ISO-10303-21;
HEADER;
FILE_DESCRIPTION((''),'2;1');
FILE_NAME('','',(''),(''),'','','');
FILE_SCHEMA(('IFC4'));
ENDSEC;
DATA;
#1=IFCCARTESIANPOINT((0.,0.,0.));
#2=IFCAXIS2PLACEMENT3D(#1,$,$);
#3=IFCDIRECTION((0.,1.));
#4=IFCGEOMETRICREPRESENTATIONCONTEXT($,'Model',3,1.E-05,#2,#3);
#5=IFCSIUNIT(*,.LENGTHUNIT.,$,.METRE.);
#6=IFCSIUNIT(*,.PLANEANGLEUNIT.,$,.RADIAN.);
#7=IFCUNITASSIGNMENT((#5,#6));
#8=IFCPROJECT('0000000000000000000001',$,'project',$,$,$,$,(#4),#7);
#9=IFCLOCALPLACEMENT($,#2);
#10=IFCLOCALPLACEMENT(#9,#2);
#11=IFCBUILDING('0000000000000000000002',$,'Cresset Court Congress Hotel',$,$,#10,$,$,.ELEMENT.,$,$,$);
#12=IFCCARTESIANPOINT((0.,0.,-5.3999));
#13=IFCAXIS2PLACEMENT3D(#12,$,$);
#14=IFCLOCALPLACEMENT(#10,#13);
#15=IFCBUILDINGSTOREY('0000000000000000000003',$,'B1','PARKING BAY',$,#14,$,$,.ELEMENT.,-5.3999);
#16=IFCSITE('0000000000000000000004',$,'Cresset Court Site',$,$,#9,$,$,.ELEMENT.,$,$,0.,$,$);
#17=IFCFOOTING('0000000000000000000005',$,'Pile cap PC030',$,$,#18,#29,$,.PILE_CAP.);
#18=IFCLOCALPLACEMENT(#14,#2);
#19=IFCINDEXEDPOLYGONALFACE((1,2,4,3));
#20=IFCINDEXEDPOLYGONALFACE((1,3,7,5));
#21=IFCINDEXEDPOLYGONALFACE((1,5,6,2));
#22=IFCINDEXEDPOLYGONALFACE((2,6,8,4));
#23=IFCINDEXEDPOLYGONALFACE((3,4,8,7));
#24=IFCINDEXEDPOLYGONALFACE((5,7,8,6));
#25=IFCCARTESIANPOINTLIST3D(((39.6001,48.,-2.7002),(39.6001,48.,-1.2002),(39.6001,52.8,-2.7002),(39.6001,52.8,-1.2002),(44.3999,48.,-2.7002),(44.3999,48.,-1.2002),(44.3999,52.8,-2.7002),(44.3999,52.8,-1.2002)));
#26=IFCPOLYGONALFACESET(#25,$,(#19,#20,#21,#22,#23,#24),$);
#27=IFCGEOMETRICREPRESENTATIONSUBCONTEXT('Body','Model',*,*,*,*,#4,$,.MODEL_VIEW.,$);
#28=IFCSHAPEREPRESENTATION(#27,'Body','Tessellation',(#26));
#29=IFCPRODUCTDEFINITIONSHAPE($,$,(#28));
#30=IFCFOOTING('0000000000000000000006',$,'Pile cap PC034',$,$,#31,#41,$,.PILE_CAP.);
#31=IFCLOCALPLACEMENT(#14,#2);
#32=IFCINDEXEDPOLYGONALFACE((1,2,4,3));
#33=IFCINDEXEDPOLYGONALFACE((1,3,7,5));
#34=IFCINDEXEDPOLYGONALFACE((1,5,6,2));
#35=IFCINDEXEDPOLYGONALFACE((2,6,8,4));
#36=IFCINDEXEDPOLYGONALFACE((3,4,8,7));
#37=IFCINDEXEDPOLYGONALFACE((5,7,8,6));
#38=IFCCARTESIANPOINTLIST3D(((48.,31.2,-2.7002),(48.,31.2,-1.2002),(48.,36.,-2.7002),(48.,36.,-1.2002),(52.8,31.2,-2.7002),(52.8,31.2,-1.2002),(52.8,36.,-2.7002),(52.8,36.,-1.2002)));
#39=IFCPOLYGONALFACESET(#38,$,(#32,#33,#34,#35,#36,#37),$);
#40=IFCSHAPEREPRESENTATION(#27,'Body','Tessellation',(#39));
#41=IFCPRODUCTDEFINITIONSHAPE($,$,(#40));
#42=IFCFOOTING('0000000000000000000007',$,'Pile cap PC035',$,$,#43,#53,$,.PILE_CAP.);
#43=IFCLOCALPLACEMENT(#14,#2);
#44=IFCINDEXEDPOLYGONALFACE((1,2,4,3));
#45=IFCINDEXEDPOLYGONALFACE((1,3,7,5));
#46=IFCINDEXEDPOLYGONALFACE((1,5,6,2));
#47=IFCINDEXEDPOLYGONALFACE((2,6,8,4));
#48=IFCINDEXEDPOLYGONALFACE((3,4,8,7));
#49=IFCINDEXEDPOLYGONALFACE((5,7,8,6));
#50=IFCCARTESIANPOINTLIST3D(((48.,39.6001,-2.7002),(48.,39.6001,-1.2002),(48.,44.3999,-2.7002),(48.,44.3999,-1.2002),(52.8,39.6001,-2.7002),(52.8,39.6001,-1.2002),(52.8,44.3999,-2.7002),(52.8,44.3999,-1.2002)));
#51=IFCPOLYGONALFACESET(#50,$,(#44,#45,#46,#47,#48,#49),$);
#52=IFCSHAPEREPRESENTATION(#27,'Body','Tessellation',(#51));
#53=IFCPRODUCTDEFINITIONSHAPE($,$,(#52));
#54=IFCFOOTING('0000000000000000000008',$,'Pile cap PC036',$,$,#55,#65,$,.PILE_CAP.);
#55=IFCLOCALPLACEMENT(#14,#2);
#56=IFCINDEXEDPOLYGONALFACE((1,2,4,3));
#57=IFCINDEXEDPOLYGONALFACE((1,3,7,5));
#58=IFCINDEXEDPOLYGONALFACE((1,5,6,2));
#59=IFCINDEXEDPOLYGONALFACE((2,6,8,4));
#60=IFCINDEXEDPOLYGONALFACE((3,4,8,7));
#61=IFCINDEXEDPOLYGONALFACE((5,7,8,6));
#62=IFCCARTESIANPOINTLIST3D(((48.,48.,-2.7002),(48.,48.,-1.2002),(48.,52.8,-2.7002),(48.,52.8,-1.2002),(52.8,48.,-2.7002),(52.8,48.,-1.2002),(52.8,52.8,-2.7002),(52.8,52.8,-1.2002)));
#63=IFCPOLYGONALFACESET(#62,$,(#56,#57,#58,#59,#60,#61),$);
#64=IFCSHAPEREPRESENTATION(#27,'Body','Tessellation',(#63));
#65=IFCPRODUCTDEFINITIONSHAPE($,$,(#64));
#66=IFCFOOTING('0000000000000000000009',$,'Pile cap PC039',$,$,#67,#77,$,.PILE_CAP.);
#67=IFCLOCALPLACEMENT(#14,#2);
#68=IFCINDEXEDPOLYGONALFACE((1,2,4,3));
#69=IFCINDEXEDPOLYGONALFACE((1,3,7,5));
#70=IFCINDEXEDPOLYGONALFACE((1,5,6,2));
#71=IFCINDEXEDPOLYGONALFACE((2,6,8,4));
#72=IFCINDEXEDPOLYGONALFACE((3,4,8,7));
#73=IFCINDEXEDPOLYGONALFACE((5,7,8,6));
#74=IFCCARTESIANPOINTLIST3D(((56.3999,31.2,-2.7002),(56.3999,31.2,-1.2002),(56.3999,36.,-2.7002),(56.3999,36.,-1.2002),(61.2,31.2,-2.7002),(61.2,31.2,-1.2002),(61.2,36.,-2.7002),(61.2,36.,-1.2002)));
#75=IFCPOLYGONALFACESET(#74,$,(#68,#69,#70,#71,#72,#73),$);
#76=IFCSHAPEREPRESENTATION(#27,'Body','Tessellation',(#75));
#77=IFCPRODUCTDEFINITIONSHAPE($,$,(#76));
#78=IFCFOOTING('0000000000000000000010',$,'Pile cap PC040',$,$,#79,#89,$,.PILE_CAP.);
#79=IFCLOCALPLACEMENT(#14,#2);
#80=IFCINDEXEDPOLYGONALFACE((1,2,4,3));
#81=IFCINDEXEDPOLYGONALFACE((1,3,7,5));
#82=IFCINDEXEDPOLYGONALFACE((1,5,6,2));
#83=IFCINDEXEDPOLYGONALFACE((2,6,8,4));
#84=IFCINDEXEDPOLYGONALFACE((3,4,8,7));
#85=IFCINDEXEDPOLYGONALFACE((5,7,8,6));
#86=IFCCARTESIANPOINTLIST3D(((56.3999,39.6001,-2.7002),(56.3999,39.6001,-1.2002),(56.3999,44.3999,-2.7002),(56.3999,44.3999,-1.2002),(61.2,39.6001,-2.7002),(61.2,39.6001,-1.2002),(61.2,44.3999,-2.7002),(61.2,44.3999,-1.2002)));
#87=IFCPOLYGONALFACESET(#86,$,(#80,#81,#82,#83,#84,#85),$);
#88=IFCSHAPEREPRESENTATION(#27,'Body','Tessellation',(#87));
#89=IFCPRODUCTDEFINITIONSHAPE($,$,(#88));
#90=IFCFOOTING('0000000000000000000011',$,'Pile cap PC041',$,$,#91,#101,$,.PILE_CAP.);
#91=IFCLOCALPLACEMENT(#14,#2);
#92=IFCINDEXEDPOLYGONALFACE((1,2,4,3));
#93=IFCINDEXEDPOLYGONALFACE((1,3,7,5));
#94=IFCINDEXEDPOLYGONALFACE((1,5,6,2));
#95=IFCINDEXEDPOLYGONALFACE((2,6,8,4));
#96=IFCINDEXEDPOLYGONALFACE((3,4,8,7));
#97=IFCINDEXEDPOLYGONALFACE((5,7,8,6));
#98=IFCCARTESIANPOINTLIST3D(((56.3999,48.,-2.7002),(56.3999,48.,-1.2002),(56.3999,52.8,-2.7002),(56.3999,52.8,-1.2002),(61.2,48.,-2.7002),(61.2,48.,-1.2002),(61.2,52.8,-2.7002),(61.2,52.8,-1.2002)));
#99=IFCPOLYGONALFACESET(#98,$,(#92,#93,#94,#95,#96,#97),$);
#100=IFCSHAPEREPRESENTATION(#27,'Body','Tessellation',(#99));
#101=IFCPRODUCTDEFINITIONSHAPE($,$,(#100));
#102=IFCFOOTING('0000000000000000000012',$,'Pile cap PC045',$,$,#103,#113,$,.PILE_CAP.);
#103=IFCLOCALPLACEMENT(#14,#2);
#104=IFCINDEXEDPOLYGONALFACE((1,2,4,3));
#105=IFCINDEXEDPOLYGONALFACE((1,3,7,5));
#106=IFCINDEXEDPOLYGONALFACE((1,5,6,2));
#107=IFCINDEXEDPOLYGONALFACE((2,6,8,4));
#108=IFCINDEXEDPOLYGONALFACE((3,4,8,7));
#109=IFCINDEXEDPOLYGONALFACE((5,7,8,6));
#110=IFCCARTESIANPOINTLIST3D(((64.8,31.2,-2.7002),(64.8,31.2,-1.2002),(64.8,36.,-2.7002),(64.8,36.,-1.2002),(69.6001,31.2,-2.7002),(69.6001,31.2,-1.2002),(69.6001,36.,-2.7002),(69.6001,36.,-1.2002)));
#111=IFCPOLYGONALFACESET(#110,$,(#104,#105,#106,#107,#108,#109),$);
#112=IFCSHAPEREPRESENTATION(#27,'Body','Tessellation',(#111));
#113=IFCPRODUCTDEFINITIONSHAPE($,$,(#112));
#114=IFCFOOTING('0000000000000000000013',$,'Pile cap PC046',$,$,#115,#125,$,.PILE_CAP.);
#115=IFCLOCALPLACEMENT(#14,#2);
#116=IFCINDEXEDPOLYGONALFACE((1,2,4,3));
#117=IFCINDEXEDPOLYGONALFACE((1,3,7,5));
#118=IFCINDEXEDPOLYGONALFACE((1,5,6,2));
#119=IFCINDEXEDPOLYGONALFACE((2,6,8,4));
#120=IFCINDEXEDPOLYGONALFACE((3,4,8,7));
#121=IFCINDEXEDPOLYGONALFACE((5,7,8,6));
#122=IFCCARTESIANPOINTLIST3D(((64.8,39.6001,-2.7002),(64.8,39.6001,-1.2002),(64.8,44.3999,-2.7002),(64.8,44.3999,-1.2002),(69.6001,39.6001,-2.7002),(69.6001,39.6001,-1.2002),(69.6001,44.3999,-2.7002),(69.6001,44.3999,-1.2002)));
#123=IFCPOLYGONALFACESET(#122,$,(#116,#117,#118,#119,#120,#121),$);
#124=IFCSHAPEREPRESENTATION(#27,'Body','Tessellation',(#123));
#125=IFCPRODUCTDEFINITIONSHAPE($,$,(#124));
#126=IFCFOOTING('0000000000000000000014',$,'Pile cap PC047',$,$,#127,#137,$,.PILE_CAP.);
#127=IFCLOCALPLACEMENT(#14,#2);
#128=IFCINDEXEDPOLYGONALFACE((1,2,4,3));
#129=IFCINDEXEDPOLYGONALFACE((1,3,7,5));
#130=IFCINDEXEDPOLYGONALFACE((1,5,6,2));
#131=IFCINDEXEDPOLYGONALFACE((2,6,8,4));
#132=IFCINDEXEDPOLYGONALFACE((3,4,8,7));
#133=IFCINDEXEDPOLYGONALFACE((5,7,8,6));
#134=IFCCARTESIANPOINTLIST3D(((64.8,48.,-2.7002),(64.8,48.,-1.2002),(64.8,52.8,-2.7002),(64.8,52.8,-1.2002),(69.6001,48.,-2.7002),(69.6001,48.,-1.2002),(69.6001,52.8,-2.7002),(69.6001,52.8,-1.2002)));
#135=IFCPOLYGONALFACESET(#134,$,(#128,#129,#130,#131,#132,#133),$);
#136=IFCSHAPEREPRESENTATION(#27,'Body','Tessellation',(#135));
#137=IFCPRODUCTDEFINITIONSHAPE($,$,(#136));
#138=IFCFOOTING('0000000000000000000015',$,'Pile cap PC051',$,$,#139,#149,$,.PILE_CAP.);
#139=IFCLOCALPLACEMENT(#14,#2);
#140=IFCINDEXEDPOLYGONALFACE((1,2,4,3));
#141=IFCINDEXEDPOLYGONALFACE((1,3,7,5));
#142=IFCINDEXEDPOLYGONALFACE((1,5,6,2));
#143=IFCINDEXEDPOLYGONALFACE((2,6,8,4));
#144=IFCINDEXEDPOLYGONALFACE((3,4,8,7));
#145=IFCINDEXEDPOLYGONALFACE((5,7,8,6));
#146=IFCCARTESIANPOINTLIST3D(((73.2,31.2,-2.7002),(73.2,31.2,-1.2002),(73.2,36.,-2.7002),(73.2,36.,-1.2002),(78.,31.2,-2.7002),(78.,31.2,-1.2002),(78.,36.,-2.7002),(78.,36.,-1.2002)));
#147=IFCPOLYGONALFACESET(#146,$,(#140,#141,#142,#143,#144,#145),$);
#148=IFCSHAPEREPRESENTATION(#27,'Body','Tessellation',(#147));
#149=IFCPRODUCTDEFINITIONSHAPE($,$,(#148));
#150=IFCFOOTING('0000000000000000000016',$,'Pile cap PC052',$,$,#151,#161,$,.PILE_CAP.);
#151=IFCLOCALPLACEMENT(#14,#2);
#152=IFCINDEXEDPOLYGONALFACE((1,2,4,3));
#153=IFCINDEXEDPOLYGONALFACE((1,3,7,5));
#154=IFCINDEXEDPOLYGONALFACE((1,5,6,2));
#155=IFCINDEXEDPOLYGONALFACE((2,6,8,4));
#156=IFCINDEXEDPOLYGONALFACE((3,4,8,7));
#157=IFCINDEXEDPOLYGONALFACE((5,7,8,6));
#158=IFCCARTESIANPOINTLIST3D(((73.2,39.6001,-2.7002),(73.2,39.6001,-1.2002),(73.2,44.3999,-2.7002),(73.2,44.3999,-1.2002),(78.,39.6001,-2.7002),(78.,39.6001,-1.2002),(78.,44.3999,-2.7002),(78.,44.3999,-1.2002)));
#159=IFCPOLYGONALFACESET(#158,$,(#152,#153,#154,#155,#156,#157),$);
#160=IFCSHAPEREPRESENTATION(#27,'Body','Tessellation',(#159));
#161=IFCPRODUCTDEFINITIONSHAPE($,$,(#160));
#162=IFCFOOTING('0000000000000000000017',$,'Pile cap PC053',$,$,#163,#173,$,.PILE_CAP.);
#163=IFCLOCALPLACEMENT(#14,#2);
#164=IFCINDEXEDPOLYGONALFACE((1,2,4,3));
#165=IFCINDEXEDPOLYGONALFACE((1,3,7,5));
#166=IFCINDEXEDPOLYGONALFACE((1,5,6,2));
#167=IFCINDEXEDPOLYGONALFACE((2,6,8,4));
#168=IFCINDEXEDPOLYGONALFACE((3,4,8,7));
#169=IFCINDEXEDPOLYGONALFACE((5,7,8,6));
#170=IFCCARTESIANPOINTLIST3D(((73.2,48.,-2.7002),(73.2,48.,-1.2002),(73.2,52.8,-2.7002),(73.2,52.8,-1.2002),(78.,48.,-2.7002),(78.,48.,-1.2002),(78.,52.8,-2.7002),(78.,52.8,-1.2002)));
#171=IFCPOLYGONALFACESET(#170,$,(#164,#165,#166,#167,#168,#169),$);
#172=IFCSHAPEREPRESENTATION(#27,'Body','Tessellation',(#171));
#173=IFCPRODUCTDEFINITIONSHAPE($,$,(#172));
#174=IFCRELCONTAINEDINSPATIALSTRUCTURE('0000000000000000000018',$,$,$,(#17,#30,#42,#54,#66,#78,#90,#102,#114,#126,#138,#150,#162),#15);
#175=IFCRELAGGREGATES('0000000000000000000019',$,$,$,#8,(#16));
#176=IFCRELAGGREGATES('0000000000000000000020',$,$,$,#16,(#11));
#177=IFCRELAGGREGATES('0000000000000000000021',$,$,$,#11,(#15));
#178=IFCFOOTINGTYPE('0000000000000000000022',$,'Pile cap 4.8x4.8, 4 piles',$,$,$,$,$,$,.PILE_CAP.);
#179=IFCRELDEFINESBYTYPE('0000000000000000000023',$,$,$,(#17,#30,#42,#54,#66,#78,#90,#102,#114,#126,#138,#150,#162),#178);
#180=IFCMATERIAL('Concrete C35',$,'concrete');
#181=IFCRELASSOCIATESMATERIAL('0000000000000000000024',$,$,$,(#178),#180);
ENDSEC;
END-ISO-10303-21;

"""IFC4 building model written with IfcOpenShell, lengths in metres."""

from ifc_helpers import new_model, si_unit, direction, frame, origin, place, context, subcontext, project, spatial, polyline, outline, extrude, material, type_object, element, save


model = new_model("IFC4")

# Units and contexts
model_context = context("Model", 3, precision=1e-05, world=origin(), true_north=direction((0.0, 1.0)))
body_context = subcontext(model_context, "Body", "Model", "MODEL_VIEW")
ifc_project = project(units=[si_unit("LENGTHUNIT", "METRE"), si_unit("PLANEANGLEUNIT", "RADIAN")], contexts=[model_context])

# Site, building, storey
site_placement = place(None, origin())
site = spatial("IfcSite", under=ifc_project, at=site_placement, Name="Cresset Court Site", CompositionType="ELEMENT", RefElevation=0.0)
building_placement = place(site_placement, origin())
building = spatial("IfcBuilding", under=site, at=building_placement, Name="Cresset Court Congress Hotel", CompositionType="ELEMENT")
storey_placement = place(building_placement, frame((0.0, 0.0, -5.3999)))
storey = spatial("IfcBuildingStorey", under=building, at=storey_placement, Name="B1", Description="PARKING BAY", CompositionType="ELEMENT", Elevation=-5.3999)

# Footings
ifc_material_1 = material(Name="Concrete C35", Category="concrete")
footing_type_1 = type_object("IfcFootingType", Name="Pile cap 4.8x4.8, 4 piles", PredefinedType="PILE_CAP", material=ifc_material_1)
footing_1_placement = place(storey_placement, frame((0.0, 0.0, -2.7002)))
element("IfcFooting", 1, at=footing_1_placement, inside=storey, type_object=footing_type_1, Name="Pile cap PC030", PredefinedType="PILE_CAP", context=body_context, shape_type="SweptSolid", body=[
    extrude(outline(polyline([(44.3999, 52.8), (44.3999, 48.0), (39.6001, 48.0), (39.6001, 52.8), (44.3999, 52.8)])), origin(), (0.0, 0.0, 1.0), 1.5),
])
footing_2_placement = place(storey_placement, frame((0.0, 0.0, -2.7002)))
element("IfcFooting", 2, at=footing_2_placement, inside=storey, type_object=footing_type_1, Name="Pile cap PC034", PredefinedType="PILE_CAP", context=body_context, shape_type="SweptSolid", body=[
    extrude(outline(polyline([(52.8, 36.0), (52.8, 31.2), (48.0, 31.2), (48.0, 36.0), (52.8, 36.0)])), origin(), (0.0, 0.0, 1.0), 1.5),
])
footing_3_placement = place(storey_placement, frame((0.0, 0.0, -2.7002)))
element("IfcFooting", 3, at=footing_3_placement, inside=storey, type_object=footing_type_1, Name="Pile cap PC035", PredefinedType="PILE_CAP", context=body_context, shape_type="SweptSolid", body=[
    extrude(outline(polyline([(52.8, 39.6001), (48.0, 39.6001), (48.0, 44.3999), (52.8, 44.3999), (52.8, 39.6001)])), origin(), (0.0, 0.0, 1.0), 1.5),
])
footing_4_placement = place(storey_placement, frame((0.0, 0.0, -2.7002)))
element("IfcFooting", 4, at=footing_4_placement, inside=storey, type_object=footing_type_1, Name="Pile cap PC036", PredefinedType="PILE_CAP", context=body_context, shape_type="SweptSolid", body=[
    extrude(outline(polyline([(52.8, 48.0), (48.0, 48.0), (48.0, 52.8), (52.8, 52.8), (52.8, 48.0)])), origin(), (0.0, 0.0, 1.0), 1.5),
])
footing_5_placement = place(storey_placement, frame((0.0, 0.0, -2.7002)))
element("IfcFooting", 5, at=footing_5_placement, inside=storey, type_object=footing_type_1, Name="Pile cap PC039", PredefinedType="PILE_CAP", context=body_context, shape_type="SweptSolid", body=[
    extrude(outline(polyline([(61.2, 31.2), (56.3999, 31.2), (56.3999, 36.0), (61.2, 36.0), (61.2, 31.2)])), origin(), (0.0, 0.0, 1.0), 1.5),
])
footing_6_placement = place(storey_placement, frame((0.0, 0.0, -2.7002)))
element("IfcFooting", 6, at=footing_6_placement, inside=storey, type_object=footing_type_1, Name="Pile cap PC040", PredefinedType="PILE_CAP", context=body_context, shape_type="SweptSolid", body=[
    extrude(outline(polyline([(61.2, 39.6001), (56.3999, 39.6001), (56.3999, 44.3999), (61.2, 44.3999), (61.2, 39.6001)])), origin(), (0.0, 0.0, 1.0), 1.5),
])
footing_7_placement = place(storey_placement, frame((0.0, 0.0, -2.7002)))
element("IfcFooting", 7, at=footing_7_placement, inside=storey, type_object=footing_type_1, Name="Pile cap PC041", PredefinedType="PILE_CAP", context=body_context, shape_type="SweptSolid", body=[
    extrude(outline(polyline([(61.2, 48.0), (56.3999, 48.0), (56.3999, 52.8), (61.2, 52.8), (61.2, 48.0)])), origin(), (0.0, 0.0, 1.0), 1.5),
])
footing_8_placement = place(storey_placement, frame((0.0, 0.0, -2.7002)))
element("IfcFooting", 8, at=footing_8_placement, inside=storey, type_object=footing_type_1, Name="Pile cap PC045", PredefinedType="PILE_CAP", context=body_context, shape_type="SweptSolid", body=[
    extrude(outline(polyline([(69.6001, 31.2), (64.8, 31.2), (64.8, 36.0), (69.6001, 36.0), (69.6001, 31.2)])), origin(), (0.0, 0.0, 1.0), 1.5),
])
footing_9_placement = place(storey_placement, frame((0.0, 0.0, -2.7002)))
element("IfcFooting", 9, at=footing_9_placement, inside=storey, type_object=footing_type_1, Name="Pile cap PC046", PredefinedType="PILE_CAP", context=body_context, shape_type="SweptSolid", body=[
    extrude(outline(polyline([(69.6001, 39.6001), (64.8, 39.6001), (64.8, 44.3999), (69.6001, 44.3999), (69.6001, 39.6001)])), origin(), (0.0, 0.0, 1.0), 1.5),
])
footing_10_placement = place(storey_placement, frame((0.0, 0.0, -2.7002)))
element("IfcFooting", 10, at=footing_10_placement, inside=storey, type_object=footing_type_1, Name="Pile cap PC047", PredefinedType="PILE_CAP", context=body_context, shape_type="SweptSolid", body=[
    extrude(outline(polyline([(69.6001, 52.8), (69.6001, 48.0), (64.8, 48.0), (64.8, 52.8), (69.6001, 52.8)])), origin(), (0.0, 0.0, 1.0), 1.5),
])
footing_11_placement = place(storey_placement, frame((0.0, 0.0, -2.7002)))
element("IfcFooting", 11, at=footing_11_placement, inside=storey, type_object=footing_type_1, Name="Pile cap PC051", PredefinedType="PILE_CAP", context=body_context, shape_type="SweptSolid", body=[
    extrude(outline(polyline([(78.0, 31.2), (73.2, 31.2), (73.2, 36.0), (78.0, 36.0), (78.0, 31.2)])), origin(), (0.0, 0.0, 1.0), 1.5),
])
footing_12_placement = place(storey_placement, frame((0.0, 0.0, -2.7002)))
element("IfcFooting", 12, at=footing_12_placement, inside=storey, type_object=footing_type_1, Name="Pile cap PC052", PredefinedType="PILE_CAP", context=body_context, shape_type="SweptSolid", body=[
    extrude(outline(polyline([(78.0, 39.6001), (73.2, 39.6001), (73.2, 44.3999), (78.0, 44.3999), (78.0, 39.6001)])), origin(), (0.0, 0.0, 1.0), 1.5),
])
footing_13_placement = place(storey_placement, frame((0.0, 0.0, -2.7002)))
element("IfcFooting", 13, at=footing_13_placement, inside=storey, type_object=footing_type_1, Name="Pile cap PC053", PredefinedType="PILE_CAP", context=body_context, shape_type="SweptSolid", body=[
    extrude(outline(polyline([(78.0, 48.0), (73.2, 48.0), (73.2, 52.8), (78.0, 52.8), (78.0, 48.0)])), origin(), (0.0, 0.0, 1.0), 1.5),
])

save(model, "model.ifc")
